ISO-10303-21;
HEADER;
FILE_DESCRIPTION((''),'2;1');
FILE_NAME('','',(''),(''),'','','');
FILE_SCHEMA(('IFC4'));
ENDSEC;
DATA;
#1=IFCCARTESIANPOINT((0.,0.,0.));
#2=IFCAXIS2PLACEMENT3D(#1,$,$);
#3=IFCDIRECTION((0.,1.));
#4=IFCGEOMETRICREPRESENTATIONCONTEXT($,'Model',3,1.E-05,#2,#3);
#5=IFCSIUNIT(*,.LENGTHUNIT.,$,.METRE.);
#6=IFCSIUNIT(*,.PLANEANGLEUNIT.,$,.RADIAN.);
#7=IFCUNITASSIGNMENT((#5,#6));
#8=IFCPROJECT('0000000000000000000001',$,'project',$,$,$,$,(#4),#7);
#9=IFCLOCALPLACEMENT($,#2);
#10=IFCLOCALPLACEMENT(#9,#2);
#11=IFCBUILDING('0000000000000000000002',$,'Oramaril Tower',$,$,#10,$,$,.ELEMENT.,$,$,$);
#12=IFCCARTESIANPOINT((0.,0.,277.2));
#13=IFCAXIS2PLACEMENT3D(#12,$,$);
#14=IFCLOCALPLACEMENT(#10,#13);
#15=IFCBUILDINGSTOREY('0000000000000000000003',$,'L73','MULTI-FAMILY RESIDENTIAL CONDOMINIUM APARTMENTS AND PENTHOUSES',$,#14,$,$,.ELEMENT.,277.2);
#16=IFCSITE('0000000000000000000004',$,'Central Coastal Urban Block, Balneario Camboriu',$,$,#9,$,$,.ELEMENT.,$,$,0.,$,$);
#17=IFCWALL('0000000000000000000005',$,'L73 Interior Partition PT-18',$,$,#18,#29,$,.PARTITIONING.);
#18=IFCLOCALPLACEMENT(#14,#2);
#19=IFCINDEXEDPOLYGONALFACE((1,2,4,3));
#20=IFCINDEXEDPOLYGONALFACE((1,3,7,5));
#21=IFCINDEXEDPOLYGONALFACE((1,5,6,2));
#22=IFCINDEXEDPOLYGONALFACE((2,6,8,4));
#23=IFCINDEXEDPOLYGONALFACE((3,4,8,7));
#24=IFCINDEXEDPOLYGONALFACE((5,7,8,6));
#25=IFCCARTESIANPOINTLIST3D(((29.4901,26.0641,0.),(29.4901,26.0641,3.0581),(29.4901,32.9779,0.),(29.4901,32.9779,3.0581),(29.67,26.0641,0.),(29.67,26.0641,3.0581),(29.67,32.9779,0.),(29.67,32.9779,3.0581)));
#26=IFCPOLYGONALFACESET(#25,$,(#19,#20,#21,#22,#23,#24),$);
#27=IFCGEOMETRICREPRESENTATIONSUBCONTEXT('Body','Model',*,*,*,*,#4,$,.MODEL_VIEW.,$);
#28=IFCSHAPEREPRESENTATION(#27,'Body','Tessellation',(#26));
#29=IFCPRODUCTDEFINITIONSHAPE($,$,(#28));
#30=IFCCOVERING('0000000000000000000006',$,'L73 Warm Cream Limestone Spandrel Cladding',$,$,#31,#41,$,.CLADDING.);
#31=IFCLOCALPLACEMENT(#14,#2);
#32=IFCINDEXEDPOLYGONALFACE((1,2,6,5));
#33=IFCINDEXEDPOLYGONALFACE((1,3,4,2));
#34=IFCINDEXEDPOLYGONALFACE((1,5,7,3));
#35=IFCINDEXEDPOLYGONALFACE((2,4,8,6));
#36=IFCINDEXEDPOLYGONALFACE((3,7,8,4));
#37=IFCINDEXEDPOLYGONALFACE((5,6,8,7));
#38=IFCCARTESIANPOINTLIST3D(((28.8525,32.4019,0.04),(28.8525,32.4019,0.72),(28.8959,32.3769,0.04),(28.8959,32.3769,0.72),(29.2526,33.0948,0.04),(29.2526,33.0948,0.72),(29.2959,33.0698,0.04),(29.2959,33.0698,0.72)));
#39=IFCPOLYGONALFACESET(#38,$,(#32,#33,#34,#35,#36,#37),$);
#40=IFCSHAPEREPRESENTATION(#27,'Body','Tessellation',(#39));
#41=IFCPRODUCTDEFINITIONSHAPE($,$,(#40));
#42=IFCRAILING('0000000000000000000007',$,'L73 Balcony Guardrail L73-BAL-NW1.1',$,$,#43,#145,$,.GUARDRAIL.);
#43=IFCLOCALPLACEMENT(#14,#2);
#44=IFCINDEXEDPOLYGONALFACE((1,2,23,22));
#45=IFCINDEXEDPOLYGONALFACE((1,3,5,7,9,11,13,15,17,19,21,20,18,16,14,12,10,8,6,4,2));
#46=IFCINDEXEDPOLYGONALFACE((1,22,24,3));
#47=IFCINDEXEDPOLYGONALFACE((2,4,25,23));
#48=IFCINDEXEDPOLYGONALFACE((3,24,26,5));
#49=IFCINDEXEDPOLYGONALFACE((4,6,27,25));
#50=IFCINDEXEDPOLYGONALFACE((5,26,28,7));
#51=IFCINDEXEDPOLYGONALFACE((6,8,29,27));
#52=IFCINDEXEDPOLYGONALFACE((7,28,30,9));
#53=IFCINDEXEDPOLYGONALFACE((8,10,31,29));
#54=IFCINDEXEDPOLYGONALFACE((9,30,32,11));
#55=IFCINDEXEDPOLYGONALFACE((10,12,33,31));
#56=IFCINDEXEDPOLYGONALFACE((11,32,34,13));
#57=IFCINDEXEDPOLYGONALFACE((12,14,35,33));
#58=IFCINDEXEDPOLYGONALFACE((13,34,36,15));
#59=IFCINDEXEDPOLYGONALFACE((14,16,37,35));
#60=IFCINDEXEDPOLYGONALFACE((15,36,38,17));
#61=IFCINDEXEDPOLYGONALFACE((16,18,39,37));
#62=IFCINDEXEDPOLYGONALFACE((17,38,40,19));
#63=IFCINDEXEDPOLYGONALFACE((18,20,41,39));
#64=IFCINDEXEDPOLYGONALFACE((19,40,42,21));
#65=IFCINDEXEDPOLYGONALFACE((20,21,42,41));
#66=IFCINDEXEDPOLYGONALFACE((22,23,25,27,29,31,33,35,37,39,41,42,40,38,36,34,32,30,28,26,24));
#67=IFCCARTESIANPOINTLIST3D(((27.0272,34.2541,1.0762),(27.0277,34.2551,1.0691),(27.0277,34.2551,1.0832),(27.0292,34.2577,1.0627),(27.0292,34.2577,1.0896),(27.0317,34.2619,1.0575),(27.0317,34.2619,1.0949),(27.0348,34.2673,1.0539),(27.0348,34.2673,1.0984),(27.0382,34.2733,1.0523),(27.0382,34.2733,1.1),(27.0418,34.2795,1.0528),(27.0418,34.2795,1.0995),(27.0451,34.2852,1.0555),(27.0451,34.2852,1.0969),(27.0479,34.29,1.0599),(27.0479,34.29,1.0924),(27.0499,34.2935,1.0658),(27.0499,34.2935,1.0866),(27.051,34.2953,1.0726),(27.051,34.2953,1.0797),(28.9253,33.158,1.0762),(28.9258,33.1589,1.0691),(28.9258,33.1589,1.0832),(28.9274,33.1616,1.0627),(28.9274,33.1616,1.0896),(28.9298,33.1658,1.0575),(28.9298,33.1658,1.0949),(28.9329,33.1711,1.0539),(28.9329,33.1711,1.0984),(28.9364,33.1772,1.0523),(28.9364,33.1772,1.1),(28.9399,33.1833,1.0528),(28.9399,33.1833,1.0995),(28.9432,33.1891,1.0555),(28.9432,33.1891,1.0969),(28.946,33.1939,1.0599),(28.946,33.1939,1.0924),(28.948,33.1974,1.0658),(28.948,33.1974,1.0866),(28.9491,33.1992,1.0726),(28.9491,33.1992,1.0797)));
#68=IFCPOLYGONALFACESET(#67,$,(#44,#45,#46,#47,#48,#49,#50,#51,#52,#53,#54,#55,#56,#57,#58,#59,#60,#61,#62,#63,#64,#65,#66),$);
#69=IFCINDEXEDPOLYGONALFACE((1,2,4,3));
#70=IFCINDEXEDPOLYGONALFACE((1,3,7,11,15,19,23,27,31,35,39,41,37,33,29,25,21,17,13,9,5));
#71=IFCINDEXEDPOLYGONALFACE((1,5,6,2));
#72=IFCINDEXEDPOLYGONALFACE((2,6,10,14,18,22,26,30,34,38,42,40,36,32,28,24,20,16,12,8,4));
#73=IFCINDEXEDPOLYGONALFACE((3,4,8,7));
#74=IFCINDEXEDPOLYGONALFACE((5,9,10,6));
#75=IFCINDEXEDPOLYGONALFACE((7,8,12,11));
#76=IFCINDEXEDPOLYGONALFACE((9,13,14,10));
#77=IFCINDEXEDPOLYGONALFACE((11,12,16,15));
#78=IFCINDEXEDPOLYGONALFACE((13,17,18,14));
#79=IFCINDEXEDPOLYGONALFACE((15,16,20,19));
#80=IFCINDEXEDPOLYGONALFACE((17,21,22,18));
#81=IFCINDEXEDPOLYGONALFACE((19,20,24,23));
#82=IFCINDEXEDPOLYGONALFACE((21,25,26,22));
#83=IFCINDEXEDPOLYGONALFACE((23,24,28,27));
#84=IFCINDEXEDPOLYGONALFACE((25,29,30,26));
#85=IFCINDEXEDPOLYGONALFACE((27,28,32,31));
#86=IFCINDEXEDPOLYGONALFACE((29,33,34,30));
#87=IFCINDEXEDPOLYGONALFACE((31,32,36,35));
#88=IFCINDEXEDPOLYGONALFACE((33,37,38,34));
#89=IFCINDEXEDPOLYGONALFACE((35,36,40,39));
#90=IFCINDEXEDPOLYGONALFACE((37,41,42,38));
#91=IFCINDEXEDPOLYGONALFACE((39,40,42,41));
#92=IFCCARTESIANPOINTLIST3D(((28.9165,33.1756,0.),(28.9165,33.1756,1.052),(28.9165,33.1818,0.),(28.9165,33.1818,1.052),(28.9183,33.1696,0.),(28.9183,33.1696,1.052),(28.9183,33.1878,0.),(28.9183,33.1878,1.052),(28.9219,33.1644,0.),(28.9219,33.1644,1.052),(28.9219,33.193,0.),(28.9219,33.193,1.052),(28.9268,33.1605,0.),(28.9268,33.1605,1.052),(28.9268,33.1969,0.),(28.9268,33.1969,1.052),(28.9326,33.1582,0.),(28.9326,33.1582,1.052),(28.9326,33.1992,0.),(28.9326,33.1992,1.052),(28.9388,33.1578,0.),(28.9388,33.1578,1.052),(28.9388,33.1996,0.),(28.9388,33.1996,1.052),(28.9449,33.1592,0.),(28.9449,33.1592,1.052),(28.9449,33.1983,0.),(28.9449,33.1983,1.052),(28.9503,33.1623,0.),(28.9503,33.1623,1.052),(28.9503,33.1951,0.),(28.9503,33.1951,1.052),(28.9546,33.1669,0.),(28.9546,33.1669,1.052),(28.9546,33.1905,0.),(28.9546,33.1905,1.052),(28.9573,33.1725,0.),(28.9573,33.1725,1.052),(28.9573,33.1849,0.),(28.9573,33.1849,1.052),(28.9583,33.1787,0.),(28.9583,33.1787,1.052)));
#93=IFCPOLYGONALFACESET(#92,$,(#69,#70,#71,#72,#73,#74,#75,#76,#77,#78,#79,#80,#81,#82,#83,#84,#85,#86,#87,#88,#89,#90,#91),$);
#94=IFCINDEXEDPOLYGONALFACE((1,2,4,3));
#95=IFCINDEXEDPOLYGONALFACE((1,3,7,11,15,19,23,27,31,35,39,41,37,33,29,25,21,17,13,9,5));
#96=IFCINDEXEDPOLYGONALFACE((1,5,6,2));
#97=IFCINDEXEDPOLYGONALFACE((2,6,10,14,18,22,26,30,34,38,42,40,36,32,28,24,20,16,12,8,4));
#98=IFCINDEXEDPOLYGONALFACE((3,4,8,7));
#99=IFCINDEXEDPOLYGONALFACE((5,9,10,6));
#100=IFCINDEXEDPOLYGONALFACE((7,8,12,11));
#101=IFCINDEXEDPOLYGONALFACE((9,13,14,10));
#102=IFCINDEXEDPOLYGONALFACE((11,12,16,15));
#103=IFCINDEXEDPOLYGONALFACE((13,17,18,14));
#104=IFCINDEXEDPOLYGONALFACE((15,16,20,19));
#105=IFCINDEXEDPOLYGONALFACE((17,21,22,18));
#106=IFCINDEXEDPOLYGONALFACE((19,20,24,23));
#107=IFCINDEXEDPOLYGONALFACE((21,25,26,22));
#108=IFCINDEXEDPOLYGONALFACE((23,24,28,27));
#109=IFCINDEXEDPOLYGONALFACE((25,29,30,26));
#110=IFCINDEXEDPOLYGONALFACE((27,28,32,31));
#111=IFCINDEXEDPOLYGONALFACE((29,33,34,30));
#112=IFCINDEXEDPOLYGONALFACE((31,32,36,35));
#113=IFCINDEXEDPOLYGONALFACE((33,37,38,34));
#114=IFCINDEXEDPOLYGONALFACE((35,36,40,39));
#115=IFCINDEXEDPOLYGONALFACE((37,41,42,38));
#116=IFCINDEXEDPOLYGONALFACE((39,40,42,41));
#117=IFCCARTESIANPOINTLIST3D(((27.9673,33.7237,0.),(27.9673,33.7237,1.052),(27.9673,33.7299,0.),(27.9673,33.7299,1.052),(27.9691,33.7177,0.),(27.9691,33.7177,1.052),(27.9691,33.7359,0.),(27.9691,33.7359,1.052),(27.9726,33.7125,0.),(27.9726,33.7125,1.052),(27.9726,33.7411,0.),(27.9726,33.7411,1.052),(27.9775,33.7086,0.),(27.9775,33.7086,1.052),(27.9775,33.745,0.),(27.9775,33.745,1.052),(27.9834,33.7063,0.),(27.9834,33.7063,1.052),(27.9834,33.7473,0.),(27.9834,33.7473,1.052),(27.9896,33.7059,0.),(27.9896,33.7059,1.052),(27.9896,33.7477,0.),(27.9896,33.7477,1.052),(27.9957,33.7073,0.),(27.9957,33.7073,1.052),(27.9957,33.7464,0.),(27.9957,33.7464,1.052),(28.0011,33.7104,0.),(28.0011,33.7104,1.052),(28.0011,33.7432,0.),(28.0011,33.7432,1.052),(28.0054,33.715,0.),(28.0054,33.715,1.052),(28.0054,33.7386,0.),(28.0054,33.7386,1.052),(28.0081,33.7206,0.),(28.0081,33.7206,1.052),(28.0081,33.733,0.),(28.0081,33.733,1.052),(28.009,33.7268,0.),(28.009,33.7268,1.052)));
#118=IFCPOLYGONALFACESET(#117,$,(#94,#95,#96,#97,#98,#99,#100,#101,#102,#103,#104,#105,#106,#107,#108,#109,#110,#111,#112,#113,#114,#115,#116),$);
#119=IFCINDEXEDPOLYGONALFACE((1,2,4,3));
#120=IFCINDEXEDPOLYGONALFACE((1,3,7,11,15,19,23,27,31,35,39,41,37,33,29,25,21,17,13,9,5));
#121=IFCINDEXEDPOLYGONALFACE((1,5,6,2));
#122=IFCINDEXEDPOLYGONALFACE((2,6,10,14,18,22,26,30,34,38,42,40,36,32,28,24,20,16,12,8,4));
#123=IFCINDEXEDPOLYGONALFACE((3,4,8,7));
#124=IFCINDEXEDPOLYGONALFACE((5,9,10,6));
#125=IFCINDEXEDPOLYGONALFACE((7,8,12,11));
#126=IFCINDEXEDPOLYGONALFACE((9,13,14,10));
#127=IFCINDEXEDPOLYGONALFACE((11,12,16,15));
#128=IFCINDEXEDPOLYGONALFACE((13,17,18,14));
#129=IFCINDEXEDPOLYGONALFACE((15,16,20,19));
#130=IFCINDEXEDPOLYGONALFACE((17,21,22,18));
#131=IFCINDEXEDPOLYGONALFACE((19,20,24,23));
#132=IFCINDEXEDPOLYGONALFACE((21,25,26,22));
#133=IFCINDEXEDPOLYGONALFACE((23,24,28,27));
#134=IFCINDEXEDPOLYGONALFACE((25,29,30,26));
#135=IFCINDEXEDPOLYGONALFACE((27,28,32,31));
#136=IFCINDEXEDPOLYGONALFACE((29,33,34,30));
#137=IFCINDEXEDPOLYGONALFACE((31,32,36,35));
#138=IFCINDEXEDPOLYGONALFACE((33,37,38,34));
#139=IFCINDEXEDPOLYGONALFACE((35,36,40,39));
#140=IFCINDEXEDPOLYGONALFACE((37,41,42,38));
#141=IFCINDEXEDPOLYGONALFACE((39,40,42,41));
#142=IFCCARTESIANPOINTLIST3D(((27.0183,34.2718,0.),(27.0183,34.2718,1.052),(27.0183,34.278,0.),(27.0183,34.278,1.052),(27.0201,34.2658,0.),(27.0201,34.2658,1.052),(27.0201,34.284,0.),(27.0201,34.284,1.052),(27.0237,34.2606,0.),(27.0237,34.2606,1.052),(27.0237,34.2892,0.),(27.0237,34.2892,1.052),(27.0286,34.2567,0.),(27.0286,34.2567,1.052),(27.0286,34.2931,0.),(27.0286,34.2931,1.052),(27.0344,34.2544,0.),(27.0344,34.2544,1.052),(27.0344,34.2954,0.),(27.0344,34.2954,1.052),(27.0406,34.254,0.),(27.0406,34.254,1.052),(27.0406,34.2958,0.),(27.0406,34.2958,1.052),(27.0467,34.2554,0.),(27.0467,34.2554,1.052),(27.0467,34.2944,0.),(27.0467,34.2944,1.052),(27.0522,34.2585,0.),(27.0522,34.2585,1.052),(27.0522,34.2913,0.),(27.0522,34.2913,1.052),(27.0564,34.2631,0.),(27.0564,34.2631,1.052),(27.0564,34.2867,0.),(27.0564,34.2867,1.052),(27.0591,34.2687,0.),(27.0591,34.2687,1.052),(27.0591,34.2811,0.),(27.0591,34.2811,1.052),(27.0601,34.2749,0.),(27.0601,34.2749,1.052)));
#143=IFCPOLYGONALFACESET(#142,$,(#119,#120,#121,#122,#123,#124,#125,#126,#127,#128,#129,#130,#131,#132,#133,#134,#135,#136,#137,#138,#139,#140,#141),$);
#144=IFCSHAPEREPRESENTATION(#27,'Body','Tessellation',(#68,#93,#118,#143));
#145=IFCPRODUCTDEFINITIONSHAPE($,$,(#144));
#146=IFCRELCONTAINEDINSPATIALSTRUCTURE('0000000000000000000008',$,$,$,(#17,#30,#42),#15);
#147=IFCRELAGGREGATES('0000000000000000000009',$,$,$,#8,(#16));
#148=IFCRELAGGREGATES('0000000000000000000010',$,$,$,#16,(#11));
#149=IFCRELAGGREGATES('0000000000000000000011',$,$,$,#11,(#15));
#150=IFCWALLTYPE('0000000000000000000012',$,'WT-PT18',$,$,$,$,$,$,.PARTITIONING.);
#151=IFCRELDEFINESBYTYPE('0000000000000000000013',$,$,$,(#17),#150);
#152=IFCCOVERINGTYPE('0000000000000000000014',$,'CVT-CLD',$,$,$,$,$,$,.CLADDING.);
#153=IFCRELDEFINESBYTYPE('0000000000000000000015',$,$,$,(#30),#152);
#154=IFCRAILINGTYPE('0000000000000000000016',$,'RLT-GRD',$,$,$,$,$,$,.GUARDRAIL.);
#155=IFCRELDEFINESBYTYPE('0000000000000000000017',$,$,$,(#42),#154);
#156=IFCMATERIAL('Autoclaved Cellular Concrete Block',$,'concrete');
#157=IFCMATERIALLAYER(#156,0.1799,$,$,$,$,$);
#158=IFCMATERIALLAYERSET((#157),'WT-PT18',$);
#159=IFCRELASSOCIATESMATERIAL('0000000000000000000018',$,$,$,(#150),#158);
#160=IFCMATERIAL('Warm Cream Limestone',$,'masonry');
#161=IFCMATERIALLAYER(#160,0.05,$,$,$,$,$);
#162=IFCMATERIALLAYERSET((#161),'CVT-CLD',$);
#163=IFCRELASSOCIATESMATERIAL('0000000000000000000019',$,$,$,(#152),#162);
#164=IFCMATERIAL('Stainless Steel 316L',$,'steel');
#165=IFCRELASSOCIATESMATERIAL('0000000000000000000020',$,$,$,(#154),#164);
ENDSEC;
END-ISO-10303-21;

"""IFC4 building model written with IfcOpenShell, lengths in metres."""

from ifc_helpers import new_model, si_unit, direction, frame, frame_2d, origin, origin_2d, place, context, subcontext, project, spatial, rectangle, circle, extrude, material, layer, layer_set, type_object, element, save


model = new_model("IFC4")

# Units and contexts
model_context = context("Model", 3, precision=1e-05, world=origin(), true_north=direction((0.0, 1.0)))
body_context = subcontext(model_context, "Body", "Model", "MODEL_VIEW")
ifc_project = project(units=[si_unit("LENGTHUNIT", "METRE"), si_unit("PLANEANGLEUNIT", "RADIAN")], contexts=[model_context])

# Site, building, storey
site_placement = place(None, origin())
site = spatial("IfcSite", under=ifc_project, at=site_placement, Name="Central Coastal Urban Block, Balneario Camboriu", CompositionType="ELEMENT", RefElevation=0.0)
building_placement = place(site_placement, origin())
building = spatial("IfcBuilding", under=site, at=building_placement, Name="Oramaril Tower", CompositionType="ELEMENT")
storey_placement = place(building_placement, frame((0.0, 0.0, 277.2)))
storey = spatial("IfcBuildingStorey", under=building, at=storey_placement, Name="L73", Description="MULTI-FAMILY RESIDENTIAL CONDOMINIUM APARTMENTS AND PENTHOUSES", CompositionType="ELEMENT", Elevation=277.2)

# Shared definitions
ifc_material_1 = material(Name="Autoclaved Cellular Concrete Block", Category="concrete")
ifc_layer_1 = layer(ifc_material_1, 0.1799)
ifc_layer_set_1 = layer_set([ifc_layer_1], Name="WT-PT18")
wall_type_1 = type_object("IfcWallType", Name="WT-PT18", PredefinedType="PARTITIONING", material=ifc_layer_set_1)

# Wall
wall_1_placement = place(storey_placement, frame((29.5801, 26.064, 0.0), z_axis=(0.0, 0.0, 1.0), x_axis=(0.0, 1.0, 0.0)))
element("IfcWall", 1, at=wall_1_placement, inside=storey, type_object=wall_type_1, Name="L73 Interior Partition PT-18", PredefinedType="PARTITIONING", context=body_context, shape_type="SweptSolid", body=[
    extrude(rectangle(XDim=6.9138, YDim=0.1799, at=frame_2d((3.457, 0.0))), origin(), (0.0, 0.0, 1.0), 3.0581),
])

# Covering
ifc_material_2 = material(Name="Warm Cream Limestone", Category="masonry")
ifc_layer_2 = layer(ifc_material_2, 0.05)
ifc_layer_set_2 = layer_set([ifc_layer_2], Name="CVT-CLD")
covering_type = type_object("IfcCoveringType", Name="CVT-CLD", PredefinedType="CLADDING", material=ifc_layer_set_2)
covering_placement = place(storey_placement, frame((29.0742, 32.7358, 0.04), z_axis=(0.0, 0.0, 1.0), x_axis=(-0.499998, -0.866026, 0.0)))
element("IfcCovering", 2, at=covering_placement, inside=storey, type_object=covering_type, Name="L73 Warm Cream Limestone Spandrel Cladding", PredefinedType="CLADDING", context=body_context, shape_type="SweptSolid", body=[
    extrude(rectangle(XDim=0.8, YDim=0.05, at=origin_2d()), origin(), (0.0, 0.0, 1.0), 0.6799),
])

# Railing
ifc_material_3 = material(Name="Stainless Steel 316L", Category="steel")
railing_type = type_object("IfcRailingType", Name="RLT-GRD", PredefinedType="GUARDRAIL", material=ifc_material_3)
railing_1_placement = place(storey_placement, frame((28.9373, 33.1787, 0.0)))
element("IfcRailing", 3, at=railing_1_placement, inside=storey, type_object=railing_type, Name="L73 Balcony Guardrail L73-BAL-NW1.1", PredefinedType="GUARDRAIL", context=body_context, shape_type="SweptSolid", body=[
    extrude(circle(Radius=0.0239, at=origin_2d()), frame((0.0, 0.0, 1.0762), z_axis=(-0.865972, 0.500092, 0.0), x_axis=(-0.500092, -0.865972, 0.0)), (0.0, 0.0, 1.0), 2.1919),
    extrude(circle(Radius=0.021, at=origin_2d()), origin(), (0.0, 0.0, 1.0), 1.052),
    extrude(circle(Radius=0.021, at=origin_2d()), frame((-0.9492, 0.5481, 0.0)), (0.0, 0.0, 1.0), 1.052),
    extrude(circle(Radius=0.021, at=origin_2d()), frame((-1.8982, 1.0962, 0.0)), (0.0, 0.0, 1.0), 1.052),
])

save(model, "model.ifc")
